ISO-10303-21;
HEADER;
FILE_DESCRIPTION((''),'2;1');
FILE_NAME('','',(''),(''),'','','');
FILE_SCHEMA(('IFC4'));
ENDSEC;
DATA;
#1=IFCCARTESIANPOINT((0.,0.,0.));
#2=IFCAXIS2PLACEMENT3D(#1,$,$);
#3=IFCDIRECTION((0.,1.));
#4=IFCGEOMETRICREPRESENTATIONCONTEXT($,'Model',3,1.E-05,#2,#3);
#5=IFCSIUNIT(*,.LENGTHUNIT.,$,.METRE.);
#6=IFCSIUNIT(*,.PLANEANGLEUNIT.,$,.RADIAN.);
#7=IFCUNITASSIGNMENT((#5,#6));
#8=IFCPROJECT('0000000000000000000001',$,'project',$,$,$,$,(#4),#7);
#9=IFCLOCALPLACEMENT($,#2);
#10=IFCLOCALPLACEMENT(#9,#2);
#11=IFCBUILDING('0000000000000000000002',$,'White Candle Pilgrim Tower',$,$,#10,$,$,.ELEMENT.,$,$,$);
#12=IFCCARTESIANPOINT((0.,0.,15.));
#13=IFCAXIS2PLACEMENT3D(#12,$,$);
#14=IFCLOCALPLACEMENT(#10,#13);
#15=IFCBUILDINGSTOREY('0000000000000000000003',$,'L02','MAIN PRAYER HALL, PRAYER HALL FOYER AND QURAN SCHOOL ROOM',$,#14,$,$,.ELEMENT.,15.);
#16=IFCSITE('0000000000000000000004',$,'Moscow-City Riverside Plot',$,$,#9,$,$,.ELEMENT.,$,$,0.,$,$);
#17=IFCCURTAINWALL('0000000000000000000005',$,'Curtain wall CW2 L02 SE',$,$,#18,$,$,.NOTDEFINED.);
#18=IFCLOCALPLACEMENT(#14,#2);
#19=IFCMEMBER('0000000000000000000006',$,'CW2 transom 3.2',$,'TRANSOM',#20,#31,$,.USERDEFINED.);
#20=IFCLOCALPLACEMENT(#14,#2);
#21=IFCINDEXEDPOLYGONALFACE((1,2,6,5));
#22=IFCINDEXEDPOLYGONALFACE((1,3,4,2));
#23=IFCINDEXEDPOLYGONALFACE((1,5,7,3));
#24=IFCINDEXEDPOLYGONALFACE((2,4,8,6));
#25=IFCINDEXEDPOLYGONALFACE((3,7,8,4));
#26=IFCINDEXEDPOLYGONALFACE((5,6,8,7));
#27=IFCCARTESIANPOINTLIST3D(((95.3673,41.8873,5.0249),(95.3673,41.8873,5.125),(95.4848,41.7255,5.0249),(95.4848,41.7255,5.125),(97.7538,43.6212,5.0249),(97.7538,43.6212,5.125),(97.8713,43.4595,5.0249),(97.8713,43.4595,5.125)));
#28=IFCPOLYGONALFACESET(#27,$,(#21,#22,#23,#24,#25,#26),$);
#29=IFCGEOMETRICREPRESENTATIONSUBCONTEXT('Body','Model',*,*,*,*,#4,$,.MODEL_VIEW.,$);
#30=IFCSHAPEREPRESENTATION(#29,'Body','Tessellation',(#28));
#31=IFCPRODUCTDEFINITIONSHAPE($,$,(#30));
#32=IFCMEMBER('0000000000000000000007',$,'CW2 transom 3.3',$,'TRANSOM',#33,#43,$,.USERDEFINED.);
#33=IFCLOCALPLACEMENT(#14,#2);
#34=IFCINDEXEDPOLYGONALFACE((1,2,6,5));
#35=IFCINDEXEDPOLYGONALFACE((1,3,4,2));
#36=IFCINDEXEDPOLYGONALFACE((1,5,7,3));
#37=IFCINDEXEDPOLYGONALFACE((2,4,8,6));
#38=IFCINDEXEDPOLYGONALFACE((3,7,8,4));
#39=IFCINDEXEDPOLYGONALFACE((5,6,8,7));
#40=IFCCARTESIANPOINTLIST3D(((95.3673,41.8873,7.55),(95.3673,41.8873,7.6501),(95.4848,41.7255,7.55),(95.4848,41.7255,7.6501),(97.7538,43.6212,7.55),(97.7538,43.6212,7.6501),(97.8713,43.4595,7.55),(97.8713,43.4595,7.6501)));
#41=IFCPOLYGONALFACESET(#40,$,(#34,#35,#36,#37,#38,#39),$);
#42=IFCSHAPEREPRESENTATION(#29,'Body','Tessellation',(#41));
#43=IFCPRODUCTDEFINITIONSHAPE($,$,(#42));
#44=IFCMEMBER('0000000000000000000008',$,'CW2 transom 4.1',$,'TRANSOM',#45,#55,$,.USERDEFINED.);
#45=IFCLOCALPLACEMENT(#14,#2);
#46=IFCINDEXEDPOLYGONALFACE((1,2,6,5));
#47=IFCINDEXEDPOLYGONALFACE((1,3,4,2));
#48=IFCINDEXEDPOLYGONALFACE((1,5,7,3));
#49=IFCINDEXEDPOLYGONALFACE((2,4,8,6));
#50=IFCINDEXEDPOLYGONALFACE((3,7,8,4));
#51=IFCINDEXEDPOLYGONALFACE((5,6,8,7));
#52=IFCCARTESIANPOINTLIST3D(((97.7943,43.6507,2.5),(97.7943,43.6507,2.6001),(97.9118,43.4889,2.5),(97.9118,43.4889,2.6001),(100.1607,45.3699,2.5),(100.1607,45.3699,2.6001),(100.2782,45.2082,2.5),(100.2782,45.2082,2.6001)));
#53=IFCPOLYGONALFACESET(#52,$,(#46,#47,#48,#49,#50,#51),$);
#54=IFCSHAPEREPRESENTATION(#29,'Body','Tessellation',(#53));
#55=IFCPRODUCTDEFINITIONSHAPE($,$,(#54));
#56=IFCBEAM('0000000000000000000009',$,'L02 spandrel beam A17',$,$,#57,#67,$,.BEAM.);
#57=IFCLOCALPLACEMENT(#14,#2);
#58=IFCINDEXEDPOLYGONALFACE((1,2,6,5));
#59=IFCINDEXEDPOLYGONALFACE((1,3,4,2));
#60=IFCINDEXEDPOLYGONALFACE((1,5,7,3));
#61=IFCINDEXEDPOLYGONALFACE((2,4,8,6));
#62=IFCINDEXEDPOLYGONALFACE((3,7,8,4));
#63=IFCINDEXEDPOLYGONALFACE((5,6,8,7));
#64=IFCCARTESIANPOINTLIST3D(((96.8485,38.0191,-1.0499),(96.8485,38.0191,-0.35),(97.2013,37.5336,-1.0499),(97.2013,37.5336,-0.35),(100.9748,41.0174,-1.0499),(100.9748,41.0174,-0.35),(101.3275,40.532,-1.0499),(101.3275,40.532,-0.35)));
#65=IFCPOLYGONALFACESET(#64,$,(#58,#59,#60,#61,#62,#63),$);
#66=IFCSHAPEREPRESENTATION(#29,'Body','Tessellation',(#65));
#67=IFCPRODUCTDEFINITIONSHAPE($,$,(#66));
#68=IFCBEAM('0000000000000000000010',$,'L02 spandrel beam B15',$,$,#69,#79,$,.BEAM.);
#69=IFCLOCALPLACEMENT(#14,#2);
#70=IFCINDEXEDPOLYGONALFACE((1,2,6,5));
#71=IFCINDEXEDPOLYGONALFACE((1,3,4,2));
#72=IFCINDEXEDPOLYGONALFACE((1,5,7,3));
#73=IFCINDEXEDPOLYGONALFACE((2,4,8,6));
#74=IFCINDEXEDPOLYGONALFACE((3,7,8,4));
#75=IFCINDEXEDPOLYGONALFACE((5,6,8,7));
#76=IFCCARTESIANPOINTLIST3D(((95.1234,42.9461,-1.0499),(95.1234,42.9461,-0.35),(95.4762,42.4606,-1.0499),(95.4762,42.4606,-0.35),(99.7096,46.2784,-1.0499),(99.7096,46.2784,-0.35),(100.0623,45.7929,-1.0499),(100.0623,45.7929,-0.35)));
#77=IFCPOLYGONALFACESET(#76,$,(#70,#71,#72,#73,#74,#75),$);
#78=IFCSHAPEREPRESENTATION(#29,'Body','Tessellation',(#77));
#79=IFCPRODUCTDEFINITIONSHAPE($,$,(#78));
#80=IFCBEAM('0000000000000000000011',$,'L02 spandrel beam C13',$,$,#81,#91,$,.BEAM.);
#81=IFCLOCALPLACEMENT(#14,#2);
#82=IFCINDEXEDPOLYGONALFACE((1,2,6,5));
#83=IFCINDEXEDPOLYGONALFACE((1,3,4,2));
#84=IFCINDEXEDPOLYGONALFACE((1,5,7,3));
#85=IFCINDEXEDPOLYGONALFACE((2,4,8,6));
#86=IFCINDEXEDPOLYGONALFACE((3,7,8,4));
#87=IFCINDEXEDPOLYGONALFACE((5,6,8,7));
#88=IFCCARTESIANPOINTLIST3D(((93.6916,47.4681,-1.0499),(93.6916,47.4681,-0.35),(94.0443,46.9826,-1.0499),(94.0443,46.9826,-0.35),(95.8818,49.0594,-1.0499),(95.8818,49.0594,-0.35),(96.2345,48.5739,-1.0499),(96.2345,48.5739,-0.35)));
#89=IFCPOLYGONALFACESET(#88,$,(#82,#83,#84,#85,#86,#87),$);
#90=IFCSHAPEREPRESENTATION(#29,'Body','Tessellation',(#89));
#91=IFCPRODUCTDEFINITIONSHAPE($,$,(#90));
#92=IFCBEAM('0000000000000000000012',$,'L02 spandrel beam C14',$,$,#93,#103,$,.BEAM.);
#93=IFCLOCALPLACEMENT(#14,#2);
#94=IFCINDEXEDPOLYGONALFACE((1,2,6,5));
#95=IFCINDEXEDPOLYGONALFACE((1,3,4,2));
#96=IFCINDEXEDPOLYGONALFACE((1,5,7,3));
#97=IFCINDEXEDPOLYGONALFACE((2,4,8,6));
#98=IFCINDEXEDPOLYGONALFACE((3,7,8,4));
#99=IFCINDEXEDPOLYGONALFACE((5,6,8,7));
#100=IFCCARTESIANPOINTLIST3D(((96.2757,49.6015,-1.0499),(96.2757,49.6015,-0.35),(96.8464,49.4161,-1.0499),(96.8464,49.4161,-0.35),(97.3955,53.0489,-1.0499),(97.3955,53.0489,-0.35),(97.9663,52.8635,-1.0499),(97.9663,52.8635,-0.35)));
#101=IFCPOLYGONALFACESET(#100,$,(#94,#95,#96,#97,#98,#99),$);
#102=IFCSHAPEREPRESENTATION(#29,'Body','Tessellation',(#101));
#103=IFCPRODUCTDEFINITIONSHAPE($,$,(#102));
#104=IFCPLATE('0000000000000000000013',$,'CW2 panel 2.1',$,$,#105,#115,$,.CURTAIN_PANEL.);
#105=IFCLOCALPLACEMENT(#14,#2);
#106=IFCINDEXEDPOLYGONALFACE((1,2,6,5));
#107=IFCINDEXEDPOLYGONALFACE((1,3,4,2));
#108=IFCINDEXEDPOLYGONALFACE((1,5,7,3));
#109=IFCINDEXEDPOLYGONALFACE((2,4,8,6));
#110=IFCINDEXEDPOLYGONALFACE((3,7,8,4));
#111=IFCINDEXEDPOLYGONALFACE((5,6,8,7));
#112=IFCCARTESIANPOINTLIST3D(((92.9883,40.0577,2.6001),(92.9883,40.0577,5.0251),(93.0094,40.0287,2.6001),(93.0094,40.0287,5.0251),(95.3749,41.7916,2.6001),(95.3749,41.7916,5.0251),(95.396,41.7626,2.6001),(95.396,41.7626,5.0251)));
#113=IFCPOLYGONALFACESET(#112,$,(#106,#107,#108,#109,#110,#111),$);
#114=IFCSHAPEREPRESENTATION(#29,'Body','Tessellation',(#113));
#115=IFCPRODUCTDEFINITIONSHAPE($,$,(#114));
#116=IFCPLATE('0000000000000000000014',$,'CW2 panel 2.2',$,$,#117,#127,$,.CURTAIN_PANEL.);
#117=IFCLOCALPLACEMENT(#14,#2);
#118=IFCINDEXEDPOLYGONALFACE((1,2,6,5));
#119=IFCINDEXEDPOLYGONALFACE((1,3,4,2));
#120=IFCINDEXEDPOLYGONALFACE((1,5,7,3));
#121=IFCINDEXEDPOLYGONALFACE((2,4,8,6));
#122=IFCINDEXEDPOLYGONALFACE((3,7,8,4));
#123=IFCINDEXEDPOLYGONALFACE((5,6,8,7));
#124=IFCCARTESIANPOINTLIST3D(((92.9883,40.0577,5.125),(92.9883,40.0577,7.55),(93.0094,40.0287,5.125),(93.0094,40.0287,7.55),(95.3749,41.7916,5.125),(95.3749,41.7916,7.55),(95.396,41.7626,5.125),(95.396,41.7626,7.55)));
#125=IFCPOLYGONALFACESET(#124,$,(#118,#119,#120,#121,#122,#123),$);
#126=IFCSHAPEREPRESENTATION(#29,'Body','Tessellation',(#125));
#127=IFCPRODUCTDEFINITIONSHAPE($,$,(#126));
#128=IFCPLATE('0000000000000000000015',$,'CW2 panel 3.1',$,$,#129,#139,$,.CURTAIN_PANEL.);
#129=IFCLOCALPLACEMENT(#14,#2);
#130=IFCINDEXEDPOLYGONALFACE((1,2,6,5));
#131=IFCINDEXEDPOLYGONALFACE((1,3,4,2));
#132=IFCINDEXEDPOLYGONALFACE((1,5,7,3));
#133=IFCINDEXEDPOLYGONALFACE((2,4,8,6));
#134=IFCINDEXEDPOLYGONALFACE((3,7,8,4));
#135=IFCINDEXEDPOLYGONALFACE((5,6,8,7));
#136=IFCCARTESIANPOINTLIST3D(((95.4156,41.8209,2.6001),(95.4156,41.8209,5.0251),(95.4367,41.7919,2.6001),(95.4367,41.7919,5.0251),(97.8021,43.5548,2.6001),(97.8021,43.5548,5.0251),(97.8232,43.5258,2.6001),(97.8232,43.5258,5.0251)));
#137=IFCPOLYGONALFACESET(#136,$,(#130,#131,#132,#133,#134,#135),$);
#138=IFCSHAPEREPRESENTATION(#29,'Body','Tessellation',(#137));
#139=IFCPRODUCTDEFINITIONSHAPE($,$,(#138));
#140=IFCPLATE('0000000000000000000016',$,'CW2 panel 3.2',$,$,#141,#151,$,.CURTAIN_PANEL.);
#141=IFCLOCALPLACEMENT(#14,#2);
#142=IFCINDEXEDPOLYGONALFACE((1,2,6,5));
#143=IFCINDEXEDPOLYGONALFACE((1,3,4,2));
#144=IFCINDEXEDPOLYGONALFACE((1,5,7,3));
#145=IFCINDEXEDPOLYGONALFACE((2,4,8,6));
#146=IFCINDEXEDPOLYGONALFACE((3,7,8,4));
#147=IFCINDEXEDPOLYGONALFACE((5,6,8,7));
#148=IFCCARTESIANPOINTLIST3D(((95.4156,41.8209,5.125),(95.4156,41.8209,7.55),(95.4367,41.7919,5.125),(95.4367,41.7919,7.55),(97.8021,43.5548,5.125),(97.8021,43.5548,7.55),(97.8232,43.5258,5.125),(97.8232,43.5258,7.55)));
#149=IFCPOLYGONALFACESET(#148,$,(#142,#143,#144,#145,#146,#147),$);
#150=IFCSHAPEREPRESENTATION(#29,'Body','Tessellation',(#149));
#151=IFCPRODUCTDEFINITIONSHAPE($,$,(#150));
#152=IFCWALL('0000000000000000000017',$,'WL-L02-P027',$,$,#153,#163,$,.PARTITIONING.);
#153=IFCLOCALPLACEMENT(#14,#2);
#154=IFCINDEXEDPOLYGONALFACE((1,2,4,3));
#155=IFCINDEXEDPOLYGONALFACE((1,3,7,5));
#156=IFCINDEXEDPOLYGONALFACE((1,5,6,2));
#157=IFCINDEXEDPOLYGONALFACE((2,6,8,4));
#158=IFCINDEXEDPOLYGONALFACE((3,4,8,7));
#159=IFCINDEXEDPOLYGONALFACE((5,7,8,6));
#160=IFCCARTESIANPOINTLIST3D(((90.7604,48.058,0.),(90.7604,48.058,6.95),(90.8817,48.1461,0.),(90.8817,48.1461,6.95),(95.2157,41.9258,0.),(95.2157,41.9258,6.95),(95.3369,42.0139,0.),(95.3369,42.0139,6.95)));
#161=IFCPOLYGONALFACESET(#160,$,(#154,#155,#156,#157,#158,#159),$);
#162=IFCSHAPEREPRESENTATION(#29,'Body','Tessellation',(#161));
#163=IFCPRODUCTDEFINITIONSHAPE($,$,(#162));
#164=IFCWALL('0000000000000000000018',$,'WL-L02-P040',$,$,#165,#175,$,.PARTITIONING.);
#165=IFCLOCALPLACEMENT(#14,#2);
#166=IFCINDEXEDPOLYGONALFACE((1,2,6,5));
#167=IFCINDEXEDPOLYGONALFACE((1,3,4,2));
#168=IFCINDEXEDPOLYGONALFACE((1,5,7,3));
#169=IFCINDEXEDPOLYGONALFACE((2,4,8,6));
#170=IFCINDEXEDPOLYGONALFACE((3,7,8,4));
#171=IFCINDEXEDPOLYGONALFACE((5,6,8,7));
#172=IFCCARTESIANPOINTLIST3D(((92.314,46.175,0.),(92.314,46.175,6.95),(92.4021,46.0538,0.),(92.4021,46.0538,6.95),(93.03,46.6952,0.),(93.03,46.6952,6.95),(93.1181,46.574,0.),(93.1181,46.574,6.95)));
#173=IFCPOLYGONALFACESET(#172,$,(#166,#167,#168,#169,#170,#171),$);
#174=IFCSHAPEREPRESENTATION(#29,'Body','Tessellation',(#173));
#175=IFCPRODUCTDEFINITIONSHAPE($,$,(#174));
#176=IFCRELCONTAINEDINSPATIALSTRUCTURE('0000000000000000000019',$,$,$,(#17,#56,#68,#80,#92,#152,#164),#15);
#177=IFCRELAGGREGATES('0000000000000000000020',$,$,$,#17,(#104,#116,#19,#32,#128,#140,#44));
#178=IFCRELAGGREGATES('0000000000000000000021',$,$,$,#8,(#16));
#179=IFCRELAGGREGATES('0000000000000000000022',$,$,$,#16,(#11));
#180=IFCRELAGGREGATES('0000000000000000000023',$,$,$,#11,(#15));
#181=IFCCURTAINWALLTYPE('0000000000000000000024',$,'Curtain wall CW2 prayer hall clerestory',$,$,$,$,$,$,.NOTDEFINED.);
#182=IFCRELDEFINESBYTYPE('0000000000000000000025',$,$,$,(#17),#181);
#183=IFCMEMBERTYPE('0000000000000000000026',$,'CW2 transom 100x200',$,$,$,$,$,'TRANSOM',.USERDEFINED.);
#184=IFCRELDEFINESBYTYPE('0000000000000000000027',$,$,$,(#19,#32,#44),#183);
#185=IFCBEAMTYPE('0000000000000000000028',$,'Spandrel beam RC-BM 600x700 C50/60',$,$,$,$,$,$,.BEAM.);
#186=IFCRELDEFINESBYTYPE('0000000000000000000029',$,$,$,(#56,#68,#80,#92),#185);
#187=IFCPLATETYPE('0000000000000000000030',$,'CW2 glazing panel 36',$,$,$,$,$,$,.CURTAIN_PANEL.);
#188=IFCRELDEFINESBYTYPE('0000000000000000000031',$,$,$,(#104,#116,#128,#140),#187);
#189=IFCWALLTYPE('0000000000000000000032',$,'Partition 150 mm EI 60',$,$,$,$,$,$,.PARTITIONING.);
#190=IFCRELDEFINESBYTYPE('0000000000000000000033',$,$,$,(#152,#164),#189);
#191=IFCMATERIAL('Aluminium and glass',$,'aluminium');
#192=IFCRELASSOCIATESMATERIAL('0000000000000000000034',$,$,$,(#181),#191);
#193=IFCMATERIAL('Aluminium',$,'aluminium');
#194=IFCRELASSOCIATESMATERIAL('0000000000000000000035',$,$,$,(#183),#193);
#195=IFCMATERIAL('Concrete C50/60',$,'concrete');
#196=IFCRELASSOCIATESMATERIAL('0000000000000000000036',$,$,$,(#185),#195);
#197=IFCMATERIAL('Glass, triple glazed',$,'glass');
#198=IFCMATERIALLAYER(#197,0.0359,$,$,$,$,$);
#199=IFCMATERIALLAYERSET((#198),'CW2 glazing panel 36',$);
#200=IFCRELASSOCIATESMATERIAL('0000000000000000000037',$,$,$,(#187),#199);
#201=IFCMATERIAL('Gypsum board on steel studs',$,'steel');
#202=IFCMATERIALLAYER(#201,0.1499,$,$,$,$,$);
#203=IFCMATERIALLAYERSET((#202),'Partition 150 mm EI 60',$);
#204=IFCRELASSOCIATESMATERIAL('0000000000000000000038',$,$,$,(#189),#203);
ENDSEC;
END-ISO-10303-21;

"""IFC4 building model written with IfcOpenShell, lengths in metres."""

from ifc_helpers import new_model, si_unit, direction, frame, frame_2d, origin, origin_2d, place, context, subcontext, project, spatial, rectangle, extrude, material, layer, layer_set, material_profile, profile_set, type_object, element, aggregate, save


model = new_model("IFC4")

# Units and contexts
model_context = context("Model", 3, precision=1e-05, world=origin(), true_north=direction((0.0, 1.0)))
body_context = subcontext(model_context, "Body", "Model", "MODEL_VIEW")
ifc_project = project(units=[si_unit("LENGTHUNIT", "METRE"), si_unit("PLANEANGLEUNIT", "RADIAN")], contexts=[model_context])

# Site, building, storey
site_placement = place(None, origin())
site = spatial("IfcSite", under=ifc_project, at=site_placement, Name="Moscow-City Riverside Plot", CompositionType="ELEMENT", RefElevation=0.0)
building_placement = place(site_placement, origin())
building = spatial("IfcBuilding", under=site, at=building_placement, Name="White Candle Pilgrim Tower", CompositionType="ELEMENT")
storey_placement = place(building_placement, frame((0.0, 0.0, 15.0)))
storey = spatial("IfcBuildingStorey", under=building, at=storey_placement, Name="L02", Description="MAIN PRAYER HALL, PRAYER HALL FOYER AND QURAN SCHOOL ROOM", CompositionType="ELEMENT", Elevation=15.0)

# Curtain wall, members
ifc_material_1 = material(Name="Aluminium and glass", Category="aluminium")
curtain_wall_type = type_object("IfcCurtainWallType", Name="Curtain wall CW2 prayer hall clerestory", PredefinedType="NOTDEFINED", material=ifc_material_1)
curtain_wall_placement = place(storey_placement, origin())
curtain_wall = element("IfcCurtainWall", 1, at=curtain_wall_placement, inside=storey, type_object=curtain_wall_type, Name="Curtain wall CW2 L02 SE", PredefinedType="NOTDEFINED")
ifc_material_2 = material(Name="Aluminium", Category="aluminium")
ifc_material_profile_1 = material_profile(ifc_material_2, rectangle(XDim=0.2, YDim=0.1001, at=origin_2d()), Name="CW2 transom 100x200")
ifc_profile_set_1 = profile_set([ifc_material_profile_1], Name="Aluminium")
member_type_1 = type_object("IfcMemberType", Name="CW2 transom 100x200", ElementType="TRANSOM", PredefinedType="USERDEFINED", material=ifc_profile_set_1)
member_1_placement = place(storey_placement, frame((95.426, 41.8064, 5.075), z_axis=(0.809015, 0.587788, 0.0), x_axis=(-0.587788, 0.809015, 0.0)))
member_1 = element("IfcMember", 2, at=member_1_placement, type_object=member_type_1, Name="CW2 transom 3.2", ObjectType="TRANSOM", PredefinedType="USERDEFINED", context=body_context, shape_type="SweptSolid", body=[
    extrude(rectangle(XDim=0.2, YDim=0.1001, at=origin_2d()), origin(), (0.0, 0.0, 1.0), 2.95),
])
member_2_placement = place(storey_placement, frame((95.426, 41.8064, 7.6001), z_axis=(0.809015, 0.587788, 0.0), x_axis=(-0.587788, 0.809015, 0.0)))
member_2 = element("IfcMember", 3, at=member_2_placement, type_object=member_type_1, Name="CW2 transom 3.3", ObjectType="TRANSOM", PredefinedType="USERDEFINED", context=body_context, shape_type="SweptSolid", body=[
    extrude(rectangle(XDim=0.2, YDim=0.1001, at=origin_2d()), origin(), (0.0, 0.0, 1.0), 2.95),
])
member_3_placement = place(storey_placement, frame((97.853, 43.5698, 2.55), z_axis=(0.809032, 0.587765, 0.0), x_axis=(-0.587765, 0.809032, 0.0)))
member_3 = element("IfcMember", 4, at=member_3_placement, type_object=member_type_1, Name="CW2 transom 4.1", ObjectType="TRANSOM", PredefinedType="USERDEFINED", context=body_context, shape_type="SweptSolid", body=[
    extrude(rectangle(XDim=0.2, YDim=0.1001, at=origin_2d()), origin(), (0.0, 0.0, 1.0), 2.925),
])

# Beams
ifc_material_3 = material(Name="Concrete C50/60", Category="concrete")
ifc_material_profile_2 = material_profile(ifc_material_3, rectangle(XDim=0.6001, YDim=0.7, at=origin_2d()), Name="RC-BM 600x700")
ifc_profile_set_2 = profile_set([ifc_material_profile_2], Name="Concrete C50/60")
beam_type = type_object("IfcBeamType", Name="Spandrel beam RC-BM 600x700 C50/60", PredefinedType="BEAM", material=ifc_profile_set_2)
beam_1_placement = place(storey_placement, frame((97.0249, 37.7764, -0.7), z_axis=(0.808978, 0.587839, 0.0), x_axis=(-0.587839, 0.808978, 0.0)))
element("IfcBeam", 5, at=beam_1_placement, inside=storey, type_object=beam_type, Name="L02 spandrel beam A17", PredefinedType="BEAM", context=body_context, shape_type="SweptSolid", body=[
    extrude(rectangle(XDim=0.6001, YDim=0.7, at=origin_2d()), origin(), (0.0, 0.0, 1.0), 5.1006),
])
beam_2_placement = place(storey_placement, frame((95.2998, 42.7034, -0.7), z_axis=(0.808999, 0.587811, 0.0), x_axis=(-0.587811, 0.808999, 0.0)))
element("IfcBeam", 6, at=beam_2_placement, inside=storey, type_object=beam_type, Name="L02 spandrel beam B15", PredefinedType="BEAM", context=body_context, shape_type="SweptSolid", body=[
    extrude(rectangle(XDim=0.6001, YDim=0.7, at=origin_2d()), origin(), (0.0, 0.0, 1.0), 5.6689),
])
beam_3_placement = place(storey_placement, frame((93.8679, 47.2253, -0.7), z_axis=(0.809009, 0.587796, 0.0), x_axis=(-0.587796, 0.809009, 0.0)))
element("IfcBeam", 7, at=beam_3_placement, inside=storey, type_object=beam_type, Name="L02 spandrel beam C13", PredefinedType="BEAM", context=body_context, shape_type="SweptSolid", body=[
    extrude(rectangle(XDim=0.6001, YDim=0.7, at=origin_2d()), origin(), (0.0, 0.0, 1.0), 2.7073),
])
beam_4_placement = place(storey_placement, frame((96.561, 49.5088, -0.7), z_axis=(0.308944, 0.95108, 0.0), x_axis=(-0.95108, 0.308944, 0.0)))
element("IfcBeam", 8, at=beam_4_placement, inside=storey, type_object=beam_type, Name="L02 spandrel beam C14", PredefinedType="BEAM", context=body_context, shape_type="SweptSolid", body=[
    extrude(rectangle(XDim=0.6001, YDim=0.7, at=origin_2d()), origin(), (0.0, 0.0, 1.0), 3.6248),
])

# Plates
ifc_material_4 = material(Name="Glass, triple glazed", Category="glass")
ifc_layer_1 = layer(ifc_material_4, 0.0359)
ifc_layer_set_1 = layer_set([ifc_layer_1], Name="CW2 glazing panel 36")
plate_type = type_object("IfcPlateType", Name="CW2 glazing panel 36", PredefinedType="CURTAIN_PANEL", material=ifc_layer_set_1)
plate_1_placement = place(storey_placement, frame((94.1921, 40.9102, 2.6001), z_axis=(0.0, 0.0, 1.0), x_axis=(0.809017, 0.587785, 0.0)))
plate_1 = element("IfcPlate", 9, at=plate_1_placement, type_object=plate_type, Name="CW2 panel 2.1", PredefinedType="CURTAIN_PANEL", context=body_context, shape_type="SweptSolid", body=[
    extrude(rectangle(XDim=2.95, YDim=0.0359, at=origin_2d()), origin(), (0.0, 0.0, 1.0), 2.425),
])
plate_2_placement = place(storey_placement, frame((94.1921, 40.9102, 5.125), z_axis=(0.0, 0.0, 1.0), x_axis=(0.809017, 0.587785, 0.0)))
plate_2 = element("IfcPlate", 10, at=plate_2_placement, type_object=plate_type, Name="CW2 panel 2.2", PredefinedType="CURTAIN_PANEL", context=body_context, shape_type="SweptSolid", body=[
    extrude(rectangle(XDim=2.95, YDim=0.0359, at=origin_2d()), origin(), (0.0, 0.0, 1.0), 2.425),
])
plate_3_placement = place(storey_placement, frame((96.6194, 42.6733, 2.6001), z_axis=(0.0, 0.0, 1.0), x_axis=(0.809017, 0.587785, 0.0)))
plate_3 = element("IfcPlate", 11, at=plate_3_placement, type_object=plate_type, Name="CW2 panel 3.1", PredefinedType="CURTAIN_PANEL", context=body_context, shape_type="SweptSolid", body=[
    extrude(rectangle(XDim=2.95, YDim=0.0359, at=origin_2d()), origin(), (0.0, 0.0, 1.0), 2.425),
])
plate_4_placement = place(storey_placement, frame((96.6194, 42.6733, 5.125), z_axis=(0.0, 0.0, 1.0), x_axis=(0.809017, 0.587785, 0.0)))
plate_4 = element("IfcPlate", 12, at=plate_4_placement, type_object=plate_type, Name="CW2 panel 3.2", PredefinedType="CURTAIN_PANEL", context=body_context, shape_type="SweptSolid", body=[
    extrude(rectangle(XDim=2.95, YDim=0.0359, at=origin_2d()), origin(), (0.0, 0.0, 1.0), 2.425),
])
aggregate(curtain_wall, [plate_1, plate_2, member_1, member_2, plate_3, plate_4, member_3])

# Walls
ifc_material_5 = material(Name="Gypsum board on steel studs", Category="steel")
ifc_layer_2 = layer(ifc_material_5, 0.1499)
ifc_layer_set_2 = layer_set([ifc_layer_2], Name="Partition 150 mm EI 60")
wall_type = type_object("IfcWallType", Name="Partition 150 mm EI 60", PredefinedType="PARTITIONING", material=ifc_layer_set_2)
wall_1_placement = place(storey_placement, frame((95.2764, 41.9697, 0.0), z_axis=(0.0, 0.0, 1.0), x_axis=(-0.587779, 0.809022, 0.0)))
element("IfcWall", 13, at=wall_1_placement, inside=storey, type_object=wall_type, Name="WL-L02-P027", PredefinedType="PARTITIONING", context=body_context, shape_type="SweptSolid", body=[
    extrude(rectangle(XDim=7.5798, YDim=0.1499, at=frame_2d((3.79, 0.0))), origin(), (0.0, 0.0, 1.0), 6.95),
])
wall_2_placement = place(storey_placement, frame((93.074, 46.6345, 0.0), z_axis=(0.0, 0.0, 1.0), x_axis=(-0.80901, -0.587794, 0.0)))
element("IfcWall", 14, at=wall_2_placement, inside=storey, type_object=wall_type, Name="WL-L02-P040", PredefinedType="PARTITIONING", context=body_context, shape_type="SweptSolid", body=[
    extrude(rectangle(XDim=0.885, YDim=0.1499, at=frame_2d((0.4424, 0.0))), origin(), (0.0, 0.0, 1.0), 6.95),
])

save(model, "model.ifc")
